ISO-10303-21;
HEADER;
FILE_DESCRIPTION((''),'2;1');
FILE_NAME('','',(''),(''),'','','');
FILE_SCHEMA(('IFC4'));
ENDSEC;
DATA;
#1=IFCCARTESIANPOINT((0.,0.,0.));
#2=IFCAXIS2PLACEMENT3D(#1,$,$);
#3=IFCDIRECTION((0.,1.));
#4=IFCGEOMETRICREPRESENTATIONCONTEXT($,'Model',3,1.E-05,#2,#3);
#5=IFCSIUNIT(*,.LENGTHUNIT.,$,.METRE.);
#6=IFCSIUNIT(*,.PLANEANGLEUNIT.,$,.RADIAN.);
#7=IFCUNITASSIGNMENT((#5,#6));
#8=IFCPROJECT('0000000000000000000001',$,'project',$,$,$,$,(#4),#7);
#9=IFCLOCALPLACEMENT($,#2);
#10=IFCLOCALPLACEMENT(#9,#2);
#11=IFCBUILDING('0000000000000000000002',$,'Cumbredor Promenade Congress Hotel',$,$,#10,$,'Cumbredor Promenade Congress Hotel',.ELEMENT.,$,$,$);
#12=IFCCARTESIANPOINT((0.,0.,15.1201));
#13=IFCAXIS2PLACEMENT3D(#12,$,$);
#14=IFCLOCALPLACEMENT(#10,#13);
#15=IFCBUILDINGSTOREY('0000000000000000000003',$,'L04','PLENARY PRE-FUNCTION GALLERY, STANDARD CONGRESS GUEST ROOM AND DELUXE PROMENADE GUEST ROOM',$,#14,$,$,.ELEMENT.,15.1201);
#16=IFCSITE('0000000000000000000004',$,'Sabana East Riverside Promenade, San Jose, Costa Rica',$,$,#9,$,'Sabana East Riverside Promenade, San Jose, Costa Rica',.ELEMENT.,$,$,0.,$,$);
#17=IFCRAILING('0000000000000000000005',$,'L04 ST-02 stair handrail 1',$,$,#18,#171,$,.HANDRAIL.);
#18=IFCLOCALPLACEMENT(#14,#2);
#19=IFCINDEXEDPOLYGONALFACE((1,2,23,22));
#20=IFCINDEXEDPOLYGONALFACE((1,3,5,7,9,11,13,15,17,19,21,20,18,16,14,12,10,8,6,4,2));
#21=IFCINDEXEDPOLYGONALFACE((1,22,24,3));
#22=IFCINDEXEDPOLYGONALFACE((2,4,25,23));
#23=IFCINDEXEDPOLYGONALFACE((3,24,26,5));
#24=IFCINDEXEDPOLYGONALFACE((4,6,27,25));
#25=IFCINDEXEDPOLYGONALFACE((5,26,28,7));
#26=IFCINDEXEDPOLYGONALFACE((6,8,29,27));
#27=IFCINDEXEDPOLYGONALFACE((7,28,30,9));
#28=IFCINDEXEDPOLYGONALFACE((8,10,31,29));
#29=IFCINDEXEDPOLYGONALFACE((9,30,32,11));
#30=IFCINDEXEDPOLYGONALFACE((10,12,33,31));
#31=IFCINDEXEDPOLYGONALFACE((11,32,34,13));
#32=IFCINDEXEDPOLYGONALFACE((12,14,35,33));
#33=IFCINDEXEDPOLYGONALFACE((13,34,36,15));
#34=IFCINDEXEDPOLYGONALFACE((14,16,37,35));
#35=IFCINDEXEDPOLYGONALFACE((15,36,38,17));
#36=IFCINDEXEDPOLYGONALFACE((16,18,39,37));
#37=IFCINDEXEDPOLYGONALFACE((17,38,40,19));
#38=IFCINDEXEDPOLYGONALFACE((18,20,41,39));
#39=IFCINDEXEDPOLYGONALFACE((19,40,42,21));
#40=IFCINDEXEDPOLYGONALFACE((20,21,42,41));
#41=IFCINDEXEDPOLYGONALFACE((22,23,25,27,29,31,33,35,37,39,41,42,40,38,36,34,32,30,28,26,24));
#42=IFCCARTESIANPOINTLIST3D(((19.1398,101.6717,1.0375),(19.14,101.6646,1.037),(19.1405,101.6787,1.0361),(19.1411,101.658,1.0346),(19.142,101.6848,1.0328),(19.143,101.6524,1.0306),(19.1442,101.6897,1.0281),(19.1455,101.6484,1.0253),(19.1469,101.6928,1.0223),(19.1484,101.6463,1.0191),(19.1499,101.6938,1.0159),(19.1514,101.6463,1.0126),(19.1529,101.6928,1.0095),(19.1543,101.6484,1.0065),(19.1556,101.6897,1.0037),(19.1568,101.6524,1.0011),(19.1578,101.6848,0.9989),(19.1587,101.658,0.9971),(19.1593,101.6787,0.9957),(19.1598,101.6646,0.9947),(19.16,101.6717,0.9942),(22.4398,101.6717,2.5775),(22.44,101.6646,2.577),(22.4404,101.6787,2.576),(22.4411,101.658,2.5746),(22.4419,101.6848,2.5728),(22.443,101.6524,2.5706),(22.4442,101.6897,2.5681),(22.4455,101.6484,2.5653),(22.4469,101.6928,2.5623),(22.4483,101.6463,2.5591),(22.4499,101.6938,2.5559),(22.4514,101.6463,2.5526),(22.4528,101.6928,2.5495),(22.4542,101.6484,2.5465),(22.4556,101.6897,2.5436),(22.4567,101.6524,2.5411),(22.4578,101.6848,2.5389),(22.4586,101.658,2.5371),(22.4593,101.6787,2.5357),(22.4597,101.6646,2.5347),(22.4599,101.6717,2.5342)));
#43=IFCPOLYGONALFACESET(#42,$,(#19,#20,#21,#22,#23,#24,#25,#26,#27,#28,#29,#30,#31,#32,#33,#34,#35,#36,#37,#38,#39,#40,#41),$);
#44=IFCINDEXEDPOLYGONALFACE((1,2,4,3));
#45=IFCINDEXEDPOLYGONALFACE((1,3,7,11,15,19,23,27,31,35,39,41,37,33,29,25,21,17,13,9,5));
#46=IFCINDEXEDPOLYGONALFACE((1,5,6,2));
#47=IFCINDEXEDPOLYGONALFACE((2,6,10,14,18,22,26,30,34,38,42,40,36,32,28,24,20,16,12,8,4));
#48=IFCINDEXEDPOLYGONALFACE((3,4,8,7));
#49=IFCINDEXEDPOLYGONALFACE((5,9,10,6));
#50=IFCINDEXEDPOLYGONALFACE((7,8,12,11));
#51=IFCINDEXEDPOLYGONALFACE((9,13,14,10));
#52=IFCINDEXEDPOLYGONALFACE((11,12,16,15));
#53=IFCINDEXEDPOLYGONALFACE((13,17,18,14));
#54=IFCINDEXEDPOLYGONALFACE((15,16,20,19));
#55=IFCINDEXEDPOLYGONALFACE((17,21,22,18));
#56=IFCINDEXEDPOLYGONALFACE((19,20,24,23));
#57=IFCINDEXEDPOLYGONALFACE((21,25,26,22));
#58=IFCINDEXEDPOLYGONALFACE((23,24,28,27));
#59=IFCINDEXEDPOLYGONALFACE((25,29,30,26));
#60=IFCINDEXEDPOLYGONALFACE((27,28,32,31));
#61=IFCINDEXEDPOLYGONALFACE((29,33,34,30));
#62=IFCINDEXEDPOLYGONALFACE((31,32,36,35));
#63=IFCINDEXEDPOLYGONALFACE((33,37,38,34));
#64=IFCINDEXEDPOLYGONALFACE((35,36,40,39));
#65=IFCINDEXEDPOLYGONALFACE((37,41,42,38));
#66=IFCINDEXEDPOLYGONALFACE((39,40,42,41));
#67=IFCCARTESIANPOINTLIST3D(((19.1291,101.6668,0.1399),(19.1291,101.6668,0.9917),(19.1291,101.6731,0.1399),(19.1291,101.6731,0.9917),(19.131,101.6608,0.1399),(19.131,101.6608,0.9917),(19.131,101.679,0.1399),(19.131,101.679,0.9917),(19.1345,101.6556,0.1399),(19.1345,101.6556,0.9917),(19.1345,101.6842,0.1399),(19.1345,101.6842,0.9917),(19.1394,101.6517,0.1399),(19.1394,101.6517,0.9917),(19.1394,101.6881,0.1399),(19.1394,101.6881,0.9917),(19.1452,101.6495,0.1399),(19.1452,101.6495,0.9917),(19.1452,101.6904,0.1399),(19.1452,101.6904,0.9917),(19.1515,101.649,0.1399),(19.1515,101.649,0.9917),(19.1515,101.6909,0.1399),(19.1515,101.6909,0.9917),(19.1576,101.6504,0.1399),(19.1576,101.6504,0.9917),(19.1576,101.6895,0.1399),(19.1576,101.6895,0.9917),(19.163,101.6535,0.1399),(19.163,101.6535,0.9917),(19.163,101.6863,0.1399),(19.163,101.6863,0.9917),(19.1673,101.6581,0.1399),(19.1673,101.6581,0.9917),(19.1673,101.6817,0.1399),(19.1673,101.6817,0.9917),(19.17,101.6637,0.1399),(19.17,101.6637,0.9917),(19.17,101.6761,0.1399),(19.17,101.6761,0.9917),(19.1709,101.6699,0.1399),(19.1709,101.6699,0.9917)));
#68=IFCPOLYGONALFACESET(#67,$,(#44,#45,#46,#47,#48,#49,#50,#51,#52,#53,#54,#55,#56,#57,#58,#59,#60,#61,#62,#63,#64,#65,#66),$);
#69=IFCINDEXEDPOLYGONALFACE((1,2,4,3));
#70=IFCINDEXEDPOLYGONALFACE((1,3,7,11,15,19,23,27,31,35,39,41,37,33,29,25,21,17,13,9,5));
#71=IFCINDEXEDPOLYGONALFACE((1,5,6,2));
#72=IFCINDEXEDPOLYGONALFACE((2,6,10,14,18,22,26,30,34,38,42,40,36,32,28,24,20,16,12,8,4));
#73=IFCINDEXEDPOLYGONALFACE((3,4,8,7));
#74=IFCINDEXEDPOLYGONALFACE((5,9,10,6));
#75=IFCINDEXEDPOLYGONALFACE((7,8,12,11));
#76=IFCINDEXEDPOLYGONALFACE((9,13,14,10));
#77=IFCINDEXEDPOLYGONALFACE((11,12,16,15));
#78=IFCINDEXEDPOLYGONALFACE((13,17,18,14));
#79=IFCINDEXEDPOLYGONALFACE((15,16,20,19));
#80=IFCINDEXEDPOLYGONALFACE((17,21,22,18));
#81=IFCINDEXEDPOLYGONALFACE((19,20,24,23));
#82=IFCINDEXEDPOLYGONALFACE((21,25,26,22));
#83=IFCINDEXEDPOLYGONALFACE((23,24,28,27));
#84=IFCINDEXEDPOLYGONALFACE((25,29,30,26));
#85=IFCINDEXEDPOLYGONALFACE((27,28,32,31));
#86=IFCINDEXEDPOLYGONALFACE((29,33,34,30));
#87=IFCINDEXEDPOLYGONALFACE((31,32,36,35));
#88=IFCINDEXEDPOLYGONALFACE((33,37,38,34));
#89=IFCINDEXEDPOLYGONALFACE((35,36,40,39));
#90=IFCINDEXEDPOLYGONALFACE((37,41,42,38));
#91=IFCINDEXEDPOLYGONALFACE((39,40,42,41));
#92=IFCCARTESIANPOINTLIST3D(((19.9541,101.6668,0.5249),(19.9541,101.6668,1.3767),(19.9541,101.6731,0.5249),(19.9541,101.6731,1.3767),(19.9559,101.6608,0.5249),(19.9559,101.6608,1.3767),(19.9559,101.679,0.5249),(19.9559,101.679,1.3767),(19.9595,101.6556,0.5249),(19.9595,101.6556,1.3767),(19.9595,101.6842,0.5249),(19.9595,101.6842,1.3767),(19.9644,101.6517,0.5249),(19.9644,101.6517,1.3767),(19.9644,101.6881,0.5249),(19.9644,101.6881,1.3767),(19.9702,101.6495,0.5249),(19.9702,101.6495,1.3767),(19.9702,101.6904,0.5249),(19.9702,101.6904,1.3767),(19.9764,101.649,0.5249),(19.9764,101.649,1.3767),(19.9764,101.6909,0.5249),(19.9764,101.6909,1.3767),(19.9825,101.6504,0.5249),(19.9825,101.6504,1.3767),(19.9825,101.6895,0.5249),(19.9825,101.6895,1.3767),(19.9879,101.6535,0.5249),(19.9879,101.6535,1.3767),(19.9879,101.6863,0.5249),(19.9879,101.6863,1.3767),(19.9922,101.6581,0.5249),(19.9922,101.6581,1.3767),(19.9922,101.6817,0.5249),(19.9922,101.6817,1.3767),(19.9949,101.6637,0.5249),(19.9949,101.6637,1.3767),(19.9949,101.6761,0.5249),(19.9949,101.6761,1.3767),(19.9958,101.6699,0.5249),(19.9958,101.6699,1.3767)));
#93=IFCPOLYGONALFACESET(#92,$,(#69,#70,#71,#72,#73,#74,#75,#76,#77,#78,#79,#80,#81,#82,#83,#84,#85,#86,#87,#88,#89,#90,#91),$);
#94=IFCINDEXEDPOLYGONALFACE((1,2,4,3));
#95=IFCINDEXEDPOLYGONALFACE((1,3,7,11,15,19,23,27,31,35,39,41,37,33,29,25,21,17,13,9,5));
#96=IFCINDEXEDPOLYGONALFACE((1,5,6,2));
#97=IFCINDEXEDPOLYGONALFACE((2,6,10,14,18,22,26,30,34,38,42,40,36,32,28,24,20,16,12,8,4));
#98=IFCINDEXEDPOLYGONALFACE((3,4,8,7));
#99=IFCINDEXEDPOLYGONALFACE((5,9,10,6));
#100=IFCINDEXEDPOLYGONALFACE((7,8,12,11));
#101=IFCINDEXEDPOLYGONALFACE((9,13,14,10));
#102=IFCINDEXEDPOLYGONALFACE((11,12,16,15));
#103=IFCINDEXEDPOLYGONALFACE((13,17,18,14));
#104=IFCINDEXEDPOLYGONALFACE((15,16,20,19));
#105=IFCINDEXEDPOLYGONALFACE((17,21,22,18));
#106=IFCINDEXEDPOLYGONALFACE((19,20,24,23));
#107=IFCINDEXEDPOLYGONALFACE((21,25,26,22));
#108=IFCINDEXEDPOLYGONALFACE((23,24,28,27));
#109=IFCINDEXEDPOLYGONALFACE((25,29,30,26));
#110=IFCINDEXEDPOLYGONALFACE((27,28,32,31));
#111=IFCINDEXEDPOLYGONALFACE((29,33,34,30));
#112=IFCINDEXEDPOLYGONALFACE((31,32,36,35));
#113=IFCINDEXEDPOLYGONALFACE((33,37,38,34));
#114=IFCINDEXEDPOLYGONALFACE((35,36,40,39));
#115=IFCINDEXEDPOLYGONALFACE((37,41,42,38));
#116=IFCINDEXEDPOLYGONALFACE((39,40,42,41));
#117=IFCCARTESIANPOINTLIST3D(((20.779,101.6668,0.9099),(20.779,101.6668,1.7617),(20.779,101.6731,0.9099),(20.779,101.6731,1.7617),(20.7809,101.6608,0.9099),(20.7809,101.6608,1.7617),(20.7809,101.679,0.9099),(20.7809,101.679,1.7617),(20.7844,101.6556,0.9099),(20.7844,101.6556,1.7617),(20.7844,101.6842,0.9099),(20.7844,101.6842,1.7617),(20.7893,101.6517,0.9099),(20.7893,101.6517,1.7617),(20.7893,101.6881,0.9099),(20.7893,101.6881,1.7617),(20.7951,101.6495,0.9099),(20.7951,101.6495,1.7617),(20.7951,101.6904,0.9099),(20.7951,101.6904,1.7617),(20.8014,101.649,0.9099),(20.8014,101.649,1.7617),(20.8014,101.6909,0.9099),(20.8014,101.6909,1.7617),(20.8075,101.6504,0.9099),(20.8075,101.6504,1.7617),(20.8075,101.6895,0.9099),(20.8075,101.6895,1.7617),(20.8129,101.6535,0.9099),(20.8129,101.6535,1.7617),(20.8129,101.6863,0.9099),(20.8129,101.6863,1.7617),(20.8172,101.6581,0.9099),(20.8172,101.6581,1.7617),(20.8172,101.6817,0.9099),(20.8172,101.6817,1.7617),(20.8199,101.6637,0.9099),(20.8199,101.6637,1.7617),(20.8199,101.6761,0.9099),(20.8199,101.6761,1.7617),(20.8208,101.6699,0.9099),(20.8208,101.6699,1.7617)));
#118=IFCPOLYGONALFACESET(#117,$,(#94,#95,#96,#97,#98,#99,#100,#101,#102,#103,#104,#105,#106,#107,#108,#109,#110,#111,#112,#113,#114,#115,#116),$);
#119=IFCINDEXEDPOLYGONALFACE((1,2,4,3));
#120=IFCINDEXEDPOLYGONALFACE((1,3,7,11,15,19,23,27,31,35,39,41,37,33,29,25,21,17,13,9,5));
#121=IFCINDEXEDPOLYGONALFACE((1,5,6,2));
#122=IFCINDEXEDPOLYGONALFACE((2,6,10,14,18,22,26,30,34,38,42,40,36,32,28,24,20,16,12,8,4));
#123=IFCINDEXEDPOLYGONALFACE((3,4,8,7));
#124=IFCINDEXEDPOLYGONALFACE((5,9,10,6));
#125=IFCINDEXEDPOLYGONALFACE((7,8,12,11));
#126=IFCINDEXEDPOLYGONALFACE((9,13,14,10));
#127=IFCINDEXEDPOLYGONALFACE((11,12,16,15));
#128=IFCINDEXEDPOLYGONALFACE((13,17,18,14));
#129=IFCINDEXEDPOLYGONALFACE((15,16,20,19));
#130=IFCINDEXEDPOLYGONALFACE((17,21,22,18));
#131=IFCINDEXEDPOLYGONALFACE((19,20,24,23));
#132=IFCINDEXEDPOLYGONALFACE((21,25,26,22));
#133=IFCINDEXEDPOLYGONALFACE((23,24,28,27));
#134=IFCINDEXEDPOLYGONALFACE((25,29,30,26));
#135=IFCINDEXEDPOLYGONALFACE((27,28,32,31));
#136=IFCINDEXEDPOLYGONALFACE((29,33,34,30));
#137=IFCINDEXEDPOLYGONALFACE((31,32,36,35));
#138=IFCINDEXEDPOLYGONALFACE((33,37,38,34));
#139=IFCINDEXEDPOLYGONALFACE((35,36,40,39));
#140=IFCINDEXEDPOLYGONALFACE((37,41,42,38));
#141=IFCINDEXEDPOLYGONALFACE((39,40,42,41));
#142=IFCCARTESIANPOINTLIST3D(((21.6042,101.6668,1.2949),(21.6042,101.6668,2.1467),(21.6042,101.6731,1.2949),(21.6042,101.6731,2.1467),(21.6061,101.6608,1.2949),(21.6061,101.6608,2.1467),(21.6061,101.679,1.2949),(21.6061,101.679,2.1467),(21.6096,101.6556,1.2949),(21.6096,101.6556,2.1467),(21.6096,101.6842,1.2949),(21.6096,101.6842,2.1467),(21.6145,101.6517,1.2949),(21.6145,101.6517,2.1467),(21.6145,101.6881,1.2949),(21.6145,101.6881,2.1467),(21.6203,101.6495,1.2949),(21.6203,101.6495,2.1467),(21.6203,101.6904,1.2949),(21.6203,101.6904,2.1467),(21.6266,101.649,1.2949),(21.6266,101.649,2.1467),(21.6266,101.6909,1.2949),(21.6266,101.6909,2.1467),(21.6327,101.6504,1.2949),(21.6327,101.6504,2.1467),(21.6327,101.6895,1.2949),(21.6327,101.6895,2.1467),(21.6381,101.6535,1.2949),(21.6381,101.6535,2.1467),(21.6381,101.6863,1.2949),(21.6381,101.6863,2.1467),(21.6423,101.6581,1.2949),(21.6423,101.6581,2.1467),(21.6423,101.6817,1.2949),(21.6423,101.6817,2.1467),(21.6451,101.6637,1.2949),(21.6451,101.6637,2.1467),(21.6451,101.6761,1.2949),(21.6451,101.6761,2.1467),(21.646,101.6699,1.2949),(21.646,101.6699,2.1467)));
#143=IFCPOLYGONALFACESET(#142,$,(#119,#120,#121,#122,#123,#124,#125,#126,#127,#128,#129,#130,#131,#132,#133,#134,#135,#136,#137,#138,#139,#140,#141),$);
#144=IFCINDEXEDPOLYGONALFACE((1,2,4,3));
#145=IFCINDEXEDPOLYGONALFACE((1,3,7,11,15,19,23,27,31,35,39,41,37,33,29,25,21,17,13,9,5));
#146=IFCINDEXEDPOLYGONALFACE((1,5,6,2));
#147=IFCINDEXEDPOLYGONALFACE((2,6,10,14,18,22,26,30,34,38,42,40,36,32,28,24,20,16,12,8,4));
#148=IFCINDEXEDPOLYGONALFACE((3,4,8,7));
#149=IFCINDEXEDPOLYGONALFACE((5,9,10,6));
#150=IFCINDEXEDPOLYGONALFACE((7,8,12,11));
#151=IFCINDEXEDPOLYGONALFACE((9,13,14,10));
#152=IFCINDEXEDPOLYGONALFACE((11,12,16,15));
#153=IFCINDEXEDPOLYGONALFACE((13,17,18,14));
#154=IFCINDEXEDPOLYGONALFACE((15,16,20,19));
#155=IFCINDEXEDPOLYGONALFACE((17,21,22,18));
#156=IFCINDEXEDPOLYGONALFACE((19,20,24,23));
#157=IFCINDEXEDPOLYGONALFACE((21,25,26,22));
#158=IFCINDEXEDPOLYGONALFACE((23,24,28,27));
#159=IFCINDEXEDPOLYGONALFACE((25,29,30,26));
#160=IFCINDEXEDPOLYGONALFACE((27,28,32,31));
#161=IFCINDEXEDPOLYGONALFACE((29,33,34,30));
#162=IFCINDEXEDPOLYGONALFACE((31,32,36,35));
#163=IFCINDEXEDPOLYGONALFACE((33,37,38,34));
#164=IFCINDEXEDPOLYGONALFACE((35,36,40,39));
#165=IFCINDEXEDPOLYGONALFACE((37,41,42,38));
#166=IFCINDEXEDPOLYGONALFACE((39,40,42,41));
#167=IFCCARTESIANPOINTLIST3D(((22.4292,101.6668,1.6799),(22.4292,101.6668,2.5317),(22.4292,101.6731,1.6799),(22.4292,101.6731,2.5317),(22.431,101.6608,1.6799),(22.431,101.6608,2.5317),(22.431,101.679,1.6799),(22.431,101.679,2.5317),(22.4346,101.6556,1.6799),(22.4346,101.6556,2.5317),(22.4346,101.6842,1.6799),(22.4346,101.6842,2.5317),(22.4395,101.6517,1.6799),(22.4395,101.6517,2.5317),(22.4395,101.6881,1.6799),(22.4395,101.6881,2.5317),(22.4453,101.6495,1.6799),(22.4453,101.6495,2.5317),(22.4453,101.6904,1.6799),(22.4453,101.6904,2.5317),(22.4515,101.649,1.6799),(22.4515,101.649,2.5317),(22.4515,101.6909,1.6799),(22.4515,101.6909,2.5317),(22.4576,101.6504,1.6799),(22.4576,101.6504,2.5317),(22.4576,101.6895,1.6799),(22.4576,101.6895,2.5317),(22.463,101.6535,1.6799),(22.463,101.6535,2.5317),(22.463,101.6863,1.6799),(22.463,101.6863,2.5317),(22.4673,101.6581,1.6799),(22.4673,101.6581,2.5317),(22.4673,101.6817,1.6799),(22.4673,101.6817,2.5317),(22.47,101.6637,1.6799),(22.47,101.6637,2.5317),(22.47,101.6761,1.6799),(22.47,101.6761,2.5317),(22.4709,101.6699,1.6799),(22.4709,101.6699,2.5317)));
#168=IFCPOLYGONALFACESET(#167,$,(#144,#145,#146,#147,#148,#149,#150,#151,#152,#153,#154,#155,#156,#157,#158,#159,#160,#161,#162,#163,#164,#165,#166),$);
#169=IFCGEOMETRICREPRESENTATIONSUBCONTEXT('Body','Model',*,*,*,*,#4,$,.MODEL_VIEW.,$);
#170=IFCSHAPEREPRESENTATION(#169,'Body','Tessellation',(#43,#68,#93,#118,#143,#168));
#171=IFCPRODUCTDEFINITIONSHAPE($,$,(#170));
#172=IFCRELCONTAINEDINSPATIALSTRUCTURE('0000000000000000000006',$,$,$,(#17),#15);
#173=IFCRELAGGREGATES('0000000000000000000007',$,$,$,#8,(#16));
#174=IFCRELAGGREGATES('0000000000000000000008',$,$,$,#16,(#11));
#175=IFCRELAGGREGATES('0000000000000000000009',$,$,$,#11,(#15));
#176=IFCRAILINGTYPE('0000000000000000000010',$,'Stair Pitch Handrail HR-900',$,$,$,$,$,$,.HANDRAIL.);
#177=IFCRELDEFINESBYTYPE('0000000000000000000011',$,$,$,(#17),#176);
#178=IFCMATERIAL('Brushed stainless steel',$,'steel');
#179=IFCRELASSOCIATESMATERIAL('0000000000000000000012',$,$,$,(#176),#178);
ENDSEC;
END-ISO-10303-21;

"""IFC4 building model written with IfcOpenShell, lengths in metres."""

from ifc_helpers import new_model, si_unit, direction, frame, origin, origin_2d, place, context, subcontext, project, spatial, circle, extrude, material, type_object, element, save


model = new_model("IFC4")

# Units and contexts
model_context = context("Model", 3, precision=1e-05, world=origin(), true_north=direction((0.0, 1.0)))
body_context = subcontext(model_context, "Body", "Model", "MODEL_VIEW")
ifc_project = project(units=[si_unit("LENGTHUNIT", "METRE"), si_unit("PLANEANGLEUNIT", "RADIAN")], contexts=[model_context])

# Site, building, storey
site_placement = place(None, origin())
site = spatial("IfcSite", under=ifc_project, at=site_placement, Name="Sabana East Riverside Promenade, San Jose, Costa Rica", LongName="Sabana East Riverside Promenade, San Jose, Costa Rica", CompositionType="ELEMENT", RefElevation=0.0)
building_placement = place(site_placement, origin())
building = spatial("IfcBuilding", under=site, at=building_placement, Name="Cumbredor Promenade Congress Hotel", LongName="Cumbredor Promenade Congress Hotel", CompositionType="ELEMENT")
storey_placement = place(building_placement, frame((0.0, 0.0, 15.1201)))
storey = spatial("IfcBuildingStorey", under=building, at=storey_placement, Name="L04", Description="PLENARY PRE-FUNCTION GALLERY, STANDARD CONGRESS GUEST ROOM AND DELUXE PROMENADE GUEST ROOM", CompositionType="ELEMENT", Elevation=15.1201)

# Railing
ifc_material_1 = material(Name="Brushed stainless steel", Category="steel")
railing_type_1 = type_object("IfcRailingType", Name="Stair Pitch Handrail HR-900", PredefinedType="HANDRAIL", material=ifc_material_1)
for number, where, name in (
    (1, (19.1499, 101.6699, 0.1399), "L04 ST-02 stair handrail 1"),
):
    element("IfcRailing", number, at=place(storey_placement, frame(where)), inside=storey, type_object=railing_type_1, Name=name, PredefinedType="HANDRAIL", context=body_context, shape_type="SweptSolid", body=[
        extrude(circle(Radius=0.0239, at=origin_2d()), frame((0.0, 0.0, 0.876), z_axis=(0.906181, 0.0, 0.422889), x_axis=(0.0, 1.0, 0.0)), (0.0, 0.0, 1.0), 3.6416),
        extrude(circle(Radius=0.021, at=origin_2d()), origin(), (0.0, 0.0, 1.0), 0.8518),
        extrude(circle(Radius=0.021, at=origin_2d()), frame((0.825, 0.0, 0.385)), (0.0, 0.0, 1.0), 0.8518),
        extrude(circle(Radius=0.021, at=origin_2d()), frame((1.6499, 0.0, 0.77)), (0.0, 0.0, 1.0), 0.8518),
        extrude(circle(Radius=0.021, at=origin_2d()), frame((2.4751, 0.0, 1.155)), (0.0, 0.0, 1.0), 0.8518),
        extrude(circle(Radius=0.021, at=origin_2d()), frame((3.3, 0.0, 1.54)), (0.0, 0.0, 1.0), 0.8518),
    ])

save(model, "model.ifc")
